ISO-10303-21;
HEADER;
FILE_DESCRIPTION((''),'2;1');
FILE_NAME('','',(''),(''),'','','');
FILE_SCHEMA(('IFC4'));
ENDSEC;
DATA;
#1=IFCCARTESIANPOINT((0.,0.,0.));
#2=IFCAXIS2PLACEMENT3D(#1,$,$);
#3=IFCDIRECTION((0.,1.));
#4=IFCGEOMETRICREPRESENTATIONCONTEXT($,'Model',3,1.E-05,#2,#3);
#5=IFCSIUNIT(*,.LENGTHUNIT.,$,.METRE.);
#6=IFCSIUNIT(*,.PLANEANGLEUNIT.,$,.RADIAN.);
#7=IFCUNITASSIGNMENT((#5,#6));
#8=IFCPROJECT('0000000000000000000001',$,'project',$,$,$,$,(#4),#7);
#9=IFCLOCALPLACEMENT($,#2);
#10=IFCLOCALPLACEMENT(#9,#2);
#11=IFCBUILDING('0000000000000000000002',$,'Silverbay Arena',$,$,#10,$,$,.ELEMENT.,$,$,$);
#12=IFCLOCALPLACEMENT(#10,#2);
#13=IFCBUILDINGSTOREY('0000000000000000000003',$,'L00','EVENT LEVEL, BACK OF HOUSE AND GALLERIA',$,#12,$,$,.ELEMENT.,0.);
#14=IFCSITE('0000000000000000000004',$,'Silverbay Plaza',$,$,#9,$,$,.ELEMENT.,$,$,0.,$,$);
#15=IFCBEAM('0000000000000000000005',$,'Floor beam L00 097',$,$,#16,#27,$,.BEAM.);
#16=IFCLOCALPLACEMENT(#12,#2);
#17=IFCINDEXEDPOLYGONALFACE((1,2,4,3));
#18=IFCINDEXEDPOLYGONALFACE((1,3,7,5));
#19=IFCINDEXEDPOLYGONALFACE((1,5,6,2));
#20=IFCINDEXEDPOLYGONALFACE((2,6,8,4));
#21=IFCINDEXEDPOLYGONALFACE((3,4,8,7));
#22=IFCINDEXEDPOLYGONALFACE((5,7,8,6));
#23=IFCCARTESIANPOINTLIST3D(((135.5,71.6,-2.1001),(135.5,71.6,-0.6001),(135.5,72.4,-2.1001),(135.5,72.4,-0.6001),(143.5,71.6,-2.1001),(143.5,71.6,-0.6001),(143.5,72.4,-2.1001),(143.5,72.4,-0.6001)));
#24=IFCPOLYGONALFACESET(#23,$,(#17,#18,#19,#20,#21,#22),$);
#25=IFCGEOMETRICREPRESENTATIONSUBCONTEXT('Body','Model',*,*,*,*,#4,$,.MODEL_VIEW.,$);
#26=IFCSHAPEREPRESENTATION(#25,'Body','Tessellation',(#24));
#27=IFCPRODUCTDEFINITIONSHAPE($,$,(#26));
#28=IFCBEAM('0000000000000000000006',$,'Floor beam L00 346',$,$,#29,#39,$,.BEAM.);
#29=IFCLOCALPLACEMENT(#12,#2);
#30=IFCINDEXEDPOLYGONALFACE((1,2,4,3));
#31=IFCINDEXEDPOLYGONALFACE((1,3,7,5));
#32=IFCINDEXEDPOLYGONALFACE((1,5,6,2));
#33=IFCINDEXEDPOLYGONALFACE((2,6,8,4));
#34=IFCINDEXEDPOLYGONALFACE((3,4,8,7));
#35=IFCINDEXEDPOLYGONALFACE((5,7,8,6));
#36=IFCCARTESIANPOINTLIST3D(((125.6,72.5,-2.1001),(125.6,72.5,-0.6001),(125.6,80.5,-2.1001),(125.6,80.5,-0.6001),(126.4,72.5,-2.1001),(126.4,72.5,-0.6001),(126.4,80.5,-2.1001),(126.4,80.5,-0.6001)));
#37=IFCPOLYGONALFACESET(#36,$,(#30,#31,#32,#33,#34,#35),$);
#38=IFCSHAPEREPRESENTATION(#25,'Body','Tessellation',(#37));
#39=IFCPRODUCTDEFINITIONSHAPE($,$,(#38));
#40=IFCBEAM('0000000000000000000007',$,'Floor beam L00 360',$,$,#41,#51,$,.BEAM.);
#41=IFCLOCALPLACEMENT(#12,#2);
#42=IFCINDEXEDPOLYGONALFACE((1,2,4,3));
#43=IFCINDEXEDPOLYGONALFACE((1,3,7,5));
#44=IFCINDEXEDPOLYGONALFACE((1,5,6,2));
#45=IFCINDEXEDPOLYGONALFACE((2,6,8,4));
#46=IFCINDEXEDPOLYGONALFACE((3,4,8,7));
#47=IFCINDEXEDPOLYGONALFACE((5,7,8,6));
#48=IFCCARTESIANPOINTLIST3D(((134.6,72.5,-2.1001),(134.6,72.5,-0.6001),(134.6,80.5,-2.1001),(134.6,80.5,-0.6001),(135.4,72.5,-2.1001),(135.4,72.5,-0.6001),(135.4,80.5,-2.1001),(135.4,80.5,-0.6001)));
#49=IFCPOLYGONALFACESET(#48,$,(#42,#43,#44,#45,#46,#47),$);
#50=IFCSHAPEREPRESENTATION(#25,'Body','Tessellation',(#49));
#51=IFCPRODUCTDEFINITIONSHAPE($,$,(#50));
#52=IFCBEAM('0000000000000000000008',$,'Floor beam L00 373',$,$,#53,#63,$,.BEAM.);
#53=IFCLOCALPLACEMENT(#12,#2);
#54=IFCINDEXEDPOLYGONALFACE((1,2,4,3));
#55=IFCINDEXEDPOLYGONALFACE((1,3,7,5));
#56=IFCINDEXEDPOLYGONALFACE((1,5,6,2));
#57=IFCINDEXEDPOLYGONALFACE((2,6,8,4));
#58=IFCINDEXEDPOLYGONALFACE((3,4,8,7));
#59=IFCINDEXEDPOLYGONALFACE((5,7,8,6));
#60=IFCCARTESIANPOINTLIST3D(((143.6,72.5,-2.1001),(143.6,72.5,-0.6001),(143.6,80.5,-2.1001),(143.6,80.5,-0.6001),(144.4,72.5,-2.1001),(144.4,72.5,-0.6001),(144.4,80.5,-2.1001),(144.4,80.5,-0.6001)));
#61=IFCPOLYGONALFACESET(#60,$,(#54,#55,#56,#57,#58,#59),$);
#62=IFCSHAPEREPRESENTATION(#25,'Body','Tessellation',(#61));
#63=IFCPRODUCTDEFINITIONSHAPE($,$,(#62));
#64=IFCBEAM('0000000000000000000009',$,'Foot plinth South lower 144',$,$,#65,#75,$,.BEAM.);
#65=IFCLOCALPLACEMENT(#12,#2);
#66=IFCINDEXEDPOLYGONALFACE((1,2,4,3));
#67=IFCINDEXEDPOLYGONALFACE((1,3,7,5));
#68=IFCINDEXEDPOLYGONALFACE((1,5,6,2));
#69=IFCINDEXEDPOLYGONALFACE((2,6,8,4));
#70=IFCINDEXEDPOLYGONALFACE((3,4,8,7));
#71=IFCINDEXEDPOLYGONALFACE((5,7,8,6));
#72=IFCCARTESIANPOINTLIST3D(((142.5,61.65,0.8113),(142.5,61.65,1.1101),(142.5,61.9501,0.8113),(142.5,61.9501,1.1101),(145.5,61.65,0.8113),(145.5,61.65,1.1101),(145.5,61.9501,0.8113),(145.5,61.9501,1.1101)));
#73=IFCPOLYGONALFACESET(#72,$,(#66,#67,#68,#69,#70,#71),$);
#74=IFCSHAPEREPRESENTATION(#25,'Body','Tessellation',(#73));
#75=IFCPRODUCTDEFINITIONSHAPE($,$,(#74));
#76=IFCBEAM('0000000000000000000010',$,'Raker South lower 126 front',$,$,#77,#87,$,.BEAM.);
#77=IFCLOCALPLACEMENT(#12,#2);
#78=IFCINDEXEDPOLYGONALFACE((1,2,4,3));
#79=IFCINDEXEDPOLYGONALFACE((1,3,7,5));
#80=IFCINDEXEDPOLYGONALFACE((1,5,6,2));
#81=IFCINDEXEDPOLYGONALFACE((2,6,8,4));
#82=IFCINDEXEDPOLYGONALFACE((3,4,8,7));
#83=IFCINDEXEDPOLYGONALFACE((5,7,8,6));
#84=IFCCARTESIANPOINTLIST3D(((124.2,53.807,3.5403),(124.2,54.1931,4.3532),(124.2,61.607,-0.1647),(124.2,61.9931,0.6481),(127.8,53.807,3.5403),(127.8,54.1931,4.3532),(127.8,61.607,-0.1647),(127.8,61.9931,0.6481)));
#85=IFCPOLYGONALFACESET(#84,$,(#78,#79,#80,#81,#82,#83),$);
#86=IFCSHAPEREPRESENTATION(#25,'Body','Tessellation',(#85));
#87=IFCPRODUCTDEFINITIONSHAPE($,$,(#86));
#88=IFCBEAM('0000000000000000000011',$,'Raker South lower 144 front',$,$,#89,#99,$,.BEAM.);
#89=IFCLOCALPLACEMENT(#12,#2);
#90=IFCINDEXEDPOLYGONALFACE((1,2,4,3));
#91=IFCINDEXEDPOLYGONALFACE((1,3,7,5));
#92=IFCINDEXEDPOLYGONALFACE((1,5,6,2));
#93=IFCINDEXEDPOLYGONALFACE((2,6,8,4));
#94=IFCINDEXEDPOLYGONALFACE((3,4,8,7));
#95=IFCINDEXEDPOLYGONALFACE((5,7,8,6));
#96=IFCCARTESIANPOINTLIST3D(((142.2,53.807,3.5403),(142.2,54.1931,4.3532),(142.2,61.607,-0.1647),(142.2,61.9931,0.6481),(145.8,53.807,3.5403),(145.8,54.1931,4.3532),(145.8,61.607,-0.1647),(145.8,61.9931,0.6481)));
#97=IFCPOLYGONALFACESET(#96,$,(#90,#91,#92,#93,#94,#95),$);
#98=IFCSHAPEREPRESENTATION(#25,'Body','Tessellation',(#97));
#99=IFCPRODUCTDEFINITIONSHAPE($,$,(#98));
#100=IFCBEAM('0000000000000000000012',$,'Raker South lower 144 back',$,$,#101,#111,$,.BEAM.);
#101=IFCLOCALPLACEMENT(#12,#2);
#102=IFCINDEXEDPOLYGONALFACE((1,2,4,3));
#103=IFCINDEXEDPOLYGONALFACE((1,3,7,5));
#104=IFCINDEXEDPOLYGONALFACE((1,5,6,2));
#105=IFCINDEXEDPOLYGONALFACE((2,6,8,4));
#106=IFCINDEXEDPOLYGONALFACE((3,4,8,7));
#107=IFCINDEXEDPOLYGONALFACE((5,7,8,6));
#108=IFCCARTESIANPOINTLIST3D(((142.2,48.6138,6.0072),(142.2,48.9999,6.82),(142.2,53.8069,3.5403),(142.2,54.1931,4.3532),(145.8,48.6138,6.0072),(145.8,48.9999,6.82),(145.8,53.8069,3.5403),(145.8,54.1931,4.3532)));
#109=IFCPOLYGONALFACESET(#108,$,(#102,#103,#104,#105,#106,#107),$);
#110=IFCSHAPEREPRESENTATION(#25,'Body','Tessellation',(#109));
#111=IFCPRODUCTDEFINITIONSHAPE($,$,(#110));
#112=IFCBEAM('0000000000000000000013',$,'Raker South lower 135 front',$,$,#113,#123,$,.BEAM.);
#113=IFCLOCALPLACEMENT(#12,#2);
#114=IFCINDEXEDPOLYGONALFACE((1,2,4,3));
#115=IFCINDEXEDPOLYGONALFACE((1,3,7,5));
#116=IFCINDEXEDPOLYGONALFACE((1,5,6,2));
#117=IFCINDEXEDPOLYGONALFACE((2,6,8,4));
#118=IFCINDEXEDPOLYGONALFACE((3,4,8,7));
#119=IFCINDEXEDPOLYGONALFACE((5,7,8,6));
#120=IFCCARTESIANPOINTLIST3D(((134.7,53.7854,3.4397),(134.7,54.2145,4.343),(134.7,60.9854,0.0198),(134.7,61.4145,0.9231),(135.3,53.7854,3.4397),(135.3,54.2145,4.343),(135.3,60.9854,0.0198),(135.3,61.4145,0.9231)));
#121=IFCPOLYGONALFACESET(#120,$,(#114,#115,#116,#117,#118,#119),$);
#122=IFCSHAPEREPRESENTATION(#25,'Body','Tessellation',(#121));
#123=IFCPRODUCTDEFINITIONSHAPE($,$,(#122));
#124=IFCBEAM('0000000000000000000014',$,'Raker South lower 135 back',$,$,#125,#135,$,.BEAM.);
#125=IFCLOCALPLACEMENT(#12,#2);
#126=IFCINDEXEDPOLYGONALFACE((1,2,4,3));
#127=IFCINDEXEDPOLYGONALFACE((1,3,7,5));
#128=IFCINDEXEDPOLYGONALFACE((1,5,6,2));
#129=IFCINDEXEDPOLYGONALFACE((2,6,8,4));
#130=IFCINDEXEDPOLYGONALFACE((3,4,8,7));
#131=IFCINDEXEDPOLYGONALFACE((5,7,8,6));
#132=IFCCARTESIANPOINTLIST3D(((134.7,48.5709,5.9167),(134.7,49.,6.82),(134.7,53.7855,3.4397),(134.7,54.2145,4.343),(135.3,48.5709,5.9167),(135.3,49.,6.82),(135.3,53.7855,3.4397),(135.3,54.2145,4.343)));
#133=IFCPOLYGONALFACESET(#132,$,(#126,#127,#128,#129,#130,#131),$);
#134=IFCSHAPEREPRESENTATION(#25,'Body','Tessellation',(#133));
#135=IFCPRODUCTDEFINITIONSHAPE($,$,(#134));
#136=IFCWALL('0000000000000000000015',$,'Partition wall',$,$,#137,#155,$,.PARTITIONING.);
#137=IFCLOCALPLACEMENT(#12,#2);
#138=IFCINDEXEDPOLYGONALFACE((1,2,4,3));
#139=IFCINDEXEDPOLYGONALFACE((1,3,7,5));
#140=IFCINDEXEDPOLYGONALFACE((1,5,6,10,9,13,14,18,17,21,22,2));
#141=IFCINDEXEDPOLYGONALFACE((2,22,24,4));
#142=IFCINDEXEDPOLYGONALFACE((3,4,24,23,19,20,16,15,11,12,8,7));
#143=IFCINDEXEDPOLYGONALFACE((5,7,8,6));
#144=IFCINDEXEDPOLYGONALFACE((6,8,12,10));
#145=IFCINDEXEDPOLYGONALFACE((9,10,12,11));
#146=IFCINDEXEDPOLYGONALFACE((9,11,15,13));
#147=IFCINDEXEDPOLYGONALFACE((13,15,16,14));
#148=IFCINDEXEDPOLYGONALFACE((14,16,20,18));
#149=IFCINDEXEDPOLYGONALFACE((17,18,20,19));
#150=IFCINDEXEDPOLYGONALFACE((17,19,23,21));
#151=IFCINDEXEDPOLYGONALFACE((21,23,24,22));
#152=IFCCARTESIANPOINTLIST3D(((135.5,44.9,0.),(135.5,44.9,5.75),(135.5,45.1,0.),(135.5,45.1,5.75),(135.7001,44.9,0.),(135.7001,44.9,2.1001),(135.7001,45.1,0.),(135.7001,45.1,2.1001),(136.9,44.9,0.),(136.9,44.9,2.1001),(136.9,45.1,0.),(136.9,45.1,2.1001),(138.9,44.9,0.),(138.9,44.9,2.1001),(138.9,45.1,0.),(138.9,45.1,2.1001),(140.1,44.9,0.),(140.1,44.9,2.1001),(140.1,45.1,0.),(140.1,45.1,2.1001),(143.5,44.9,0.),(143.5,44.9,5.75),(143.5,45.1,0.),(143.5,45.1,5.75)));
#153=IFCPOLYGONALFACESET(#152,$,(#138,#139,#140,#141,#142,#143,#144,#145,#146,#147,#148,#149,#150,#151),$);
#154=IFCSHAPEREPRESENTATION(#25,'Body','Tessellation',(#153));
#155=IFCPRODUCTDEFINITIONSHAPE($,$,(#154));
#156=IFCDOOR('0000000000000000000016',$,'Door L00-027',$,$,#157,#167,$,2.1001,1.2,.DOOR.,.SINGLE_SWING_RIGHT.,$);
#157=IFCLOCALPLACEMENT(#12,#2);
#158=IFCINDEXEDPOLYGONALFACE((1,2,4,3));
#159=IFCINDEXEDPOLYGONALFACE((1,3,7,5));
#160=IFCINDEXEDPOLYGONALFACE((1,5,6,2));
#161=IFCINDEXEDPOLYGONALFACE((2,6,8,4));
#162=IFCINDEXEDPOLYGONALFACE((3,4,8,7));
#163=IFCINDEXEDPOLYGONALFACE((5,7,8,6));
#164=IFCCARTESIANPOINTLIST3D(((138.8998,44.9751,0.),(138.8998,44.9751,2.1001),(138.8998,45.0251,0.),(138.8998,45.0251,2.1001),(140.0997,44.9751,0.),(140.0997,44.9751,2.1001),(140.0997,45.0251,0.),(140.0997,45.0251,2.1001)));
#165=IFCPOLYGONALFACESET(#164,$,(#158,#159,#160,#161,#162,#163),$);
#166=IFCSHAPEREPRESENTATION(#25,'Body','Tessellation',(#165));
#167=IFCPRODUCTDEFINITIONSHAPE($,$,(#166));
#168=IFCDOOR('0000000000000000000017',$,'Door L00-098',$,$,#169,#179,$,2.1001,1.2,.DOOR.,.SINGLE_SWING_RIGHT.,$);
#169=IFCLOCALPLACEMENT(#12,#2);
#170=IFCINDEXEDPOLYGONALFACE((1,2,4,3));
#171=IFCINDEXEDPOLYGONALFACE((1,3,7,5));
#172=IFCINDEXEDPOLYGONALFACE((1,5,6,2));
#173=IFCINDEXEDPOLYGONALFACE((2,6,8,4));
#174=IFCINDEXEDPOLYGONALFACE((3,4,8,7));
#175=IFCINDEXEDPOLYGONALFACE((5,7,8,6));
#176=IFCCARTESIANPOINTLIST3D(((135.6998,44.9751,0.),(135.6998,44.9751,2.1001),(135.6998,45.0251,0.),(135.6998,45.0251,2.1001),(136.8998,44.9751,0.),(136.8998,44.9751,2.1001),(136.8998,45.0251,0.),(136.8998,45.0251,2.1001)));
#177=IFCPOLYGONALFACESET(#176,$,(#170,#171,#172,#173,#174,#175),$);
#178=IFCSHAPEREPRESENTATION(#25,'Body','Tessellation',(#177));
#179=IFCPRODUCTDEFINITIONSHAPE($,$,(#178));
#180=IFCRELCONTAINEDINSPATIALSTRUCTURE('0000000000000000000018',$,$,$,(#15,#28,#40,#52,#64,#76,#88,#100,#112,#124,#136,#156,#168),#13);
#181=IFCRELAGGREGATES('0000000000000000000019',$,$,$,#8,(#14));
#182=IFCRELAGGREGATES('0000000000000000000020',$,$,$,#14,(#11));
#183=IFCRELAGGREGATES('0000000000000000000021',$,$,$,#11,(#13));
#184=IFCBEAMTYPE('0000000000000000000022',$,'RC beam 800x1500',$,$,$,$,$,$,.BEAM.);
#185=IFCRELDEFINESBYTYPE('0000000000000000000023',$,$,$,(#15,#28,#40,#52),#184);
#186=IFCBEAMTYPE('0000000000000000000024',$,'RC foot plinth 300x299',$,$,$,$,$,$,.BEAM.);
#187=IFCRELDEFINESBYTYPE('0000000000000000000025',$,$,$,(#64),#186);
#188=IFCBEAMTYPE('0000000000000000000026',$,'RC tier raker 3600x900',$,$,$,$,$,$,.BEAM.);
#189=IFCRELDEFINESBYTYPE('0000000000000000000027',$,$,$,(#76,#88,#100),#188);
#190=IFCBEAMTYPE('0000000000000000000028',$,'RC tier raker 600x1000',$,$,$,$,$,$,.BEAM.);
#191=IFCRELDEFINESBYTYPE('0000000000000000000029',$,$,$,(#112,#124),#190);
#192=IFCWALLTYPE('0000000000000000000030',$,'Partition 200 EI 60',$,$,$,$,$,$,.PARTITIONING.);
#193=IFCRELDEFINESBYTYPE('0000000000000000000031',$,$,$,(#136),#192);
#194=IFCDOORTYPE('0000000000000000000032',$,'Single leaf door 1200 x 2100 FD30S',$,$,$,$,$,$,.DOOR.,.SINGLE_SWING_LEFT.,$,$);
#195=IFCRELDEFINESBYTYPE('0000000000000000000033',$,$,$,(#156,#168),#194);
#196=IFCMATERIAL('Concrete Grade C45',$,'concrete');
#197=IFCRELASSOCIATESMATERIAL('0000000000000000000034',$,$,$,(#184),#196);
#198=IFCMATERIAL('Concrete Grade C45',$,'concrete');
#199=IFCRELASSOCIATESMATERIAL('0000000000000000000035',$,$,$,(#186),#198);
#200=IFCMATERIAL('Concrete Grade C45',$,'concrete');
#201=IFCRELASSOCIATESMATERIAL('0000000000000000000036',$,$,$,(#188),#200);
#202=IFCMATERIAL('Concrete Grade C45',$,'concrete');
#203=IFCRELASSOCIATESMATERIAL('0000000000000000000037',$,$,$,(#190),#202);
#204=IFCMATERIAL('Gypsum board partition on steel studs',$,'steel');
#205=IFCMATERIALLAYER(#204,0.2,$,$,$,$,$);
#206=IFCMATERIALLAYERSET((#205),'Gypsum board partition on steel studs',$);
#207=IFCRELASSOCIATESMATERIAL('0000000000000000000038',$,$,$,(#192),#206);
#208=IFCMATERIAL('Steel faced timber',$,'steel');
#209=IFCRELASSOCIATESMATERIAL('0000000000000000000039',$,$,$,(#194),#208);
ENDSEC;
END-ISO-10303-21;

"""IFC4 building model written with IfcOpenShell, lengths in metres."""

from ifc_helpers import new_model, si_unit, direction, frame, frame_2d, origin, origin_2d, place, context, subcontext, project, spatial, rectangle, extrude, material, layer, layer_set, material_profile, profile_set, type_object, element, fill, save


model = new_model("IFC4")

# Units and contexts
model_context = context("Model", 3, precision=1e-05, world=origin(), true_north=direction((0.0, 1.0)))
body_context = subcontext(model_context, "Body", "Model", "MODEL_VIEW")
ifc_project = project(units=[si_unit("LENGTHUNIT", "METRE"), si_unit("PLANEANGLEUNIT", "RADIAN")], contexts=[model_context])

# Site, building, storey
site_placement = place(None, origin())
site = spatial("IfcSite", under=ifc_project, at=site_placement, Name="Silverbay Plaza", CompositionType="ELEMENT", RefElevation=0.0)
building_placement = place(site_placement, origin())
building = spatial("IfcBuilding", under=site, at=building_placement, Name="Silverbay Arena", CompositionType="ELEMENT")
storey_placement = place(building_placement, origin())
storey = spatial("IfcBuildingStorey", under=building, at=storey_placement, Name="L00", Description="EVENT LEVEL, BACK OF HOUSE AND GALLERIA", CompositionType="ELEMENT", Elevation=0.0)

# Beams
ifc_material_1 = material(Name="Concrete Grade C45", Category="concrete")
ifc_material_profile_1 = material_profile(ifc_material_1, rectangle(XDim=0.8, YDim=1.5, at=origin_2d()), Name="RC 800x1500")
ifc_profile_set_1 = profile_set([ifc_material_profile_1], Name="Concrete Grade C45")
beam_type_1 = type_object("IfcBeamType", Name="RC beam 800x1500", PredefinedType="BEAM", material=ifc_profile_set_1)
for number, where, z_axis, x_axis, name in (
    (1, (135.5, 72.0, -1.3501), (1.0, 0.0, 0.0), (0.0, 1.0, 0.0), "Floor beam L00 097"),
    (2, (126.0, 72.5, -1.3501), (0.0, 1.0, 0.0), (-1.0, 0.0, 0.0), "Floor beam L00 346"),
    (3, (135.0, 72.5, -1.3501), (0.0, 1.0, 0.0), (-1.0, 0.0, 0.0), "Floor beam L00 360"),
    (4, (144.0, 72.5, -1.3501), (0.0, 1.0, 0.0), (-1.0, 0.0, 0.0), "Floor beam L00 373"),
):
    element("IfcBeam", number, at=place(storey_placement, frame(where, z_axis=z_axis, x_axis=x_axis)), inside=storey, type_object=beam_type_1, Name=name, PredefinedType="BEAM", context=body_context, shape_type="SweptSolid", body=[
        extrude(rectangle(XDim=0.8, YDim=1.5, at=origin_2d()), origin(), (0.0, 0.0, 1.0), 8.0),
    ])
ifc_material_2 = material(Name="Concrete Grade C45", Category="concrete")
ifc_material_profile_2 = material_profile(ifc_material_2, rectangle(XDim=0.3, YDim=0.2988, at=origin_2d()), Name="RC 300x299")
ifc_profile_set_2 = profile_set([ifc_material_profile_2], Name="Concrete Grade C45")
beam_type_2 = type_object("IfcBeamType", Name="RC foot plinth 300x299", PredefinedType="BEAM", material=ifc_profile_set_2)
beam_1_placement = place(storey_placement, frame((142.5, 61.8, 0.9607), z_axis=(1.0, 0.0, 0.0), x_axis=(0.0, 1.0, 0.0)))
element("IfcBeam", 5, at=beam_1_placement, inside=storey, type_object=beam_type_2, Name="Foot plinth South lower 144", PredefinedType="BEAM", context=body_context, shape_type="SweptSolid", body=[
    extrude(rectangle(XDim=0.3, YDim=0.2988, at=origin_2d()), origin(), (0.0, 0.0, 1.0), 3.0),
])
ifc_material_3 = material(Name="Concrete Grade C45", Category="concrete")
ifc_material_profile_3 = material_profile(ifc_material_3, rectangle(XDim=3.6001, YDim=0.8999, at=origin_2d()), Name="RC 3600x900")
ifc_profile_set_3 = profile_set([ifc_material_profile_3], Name="Concrete Grade C45")
beam_type_3 = type_object("IfcBeamType", Name="RC tier raker 3600x900", PredefinedType="BEAM", material=ifc_profile_set_3)
for number, where, z_axis, x_axis, name in (
    (6, (126.0, 61.8, 0.2417), (0.0, -0.903275, 0.429062), (1.0, 0.0, 0.0), "Raker South lower 126 front"),
    (7, (144.0, 61.8, 0.2417), (0.0, -0.903275, 0.429062), (1.0, 0.0, 0.0), "Raker South lower 144 front"),
):
    element("IfcBeam", number, at=place(storey_placement, frame(where, z_axis=z_axis, x_axis=x_axis)), inside=storey, type_object=beam_type_3, Name=name, PredefinedType="BEAM", context=body_context, shape_type="SweptSolid", body=[
        extrude(rectangle(XDim=3.6001, YDim=0.8999, at=origin_2d()), origin(), (0.0, 0.0, 1.0), 8.6353),
    ])
beam_2_placement = place(storey_placement, frame((144.0, 54.0, 3.9468), z_axis=(0.0, -0.903273, 0.429066), x_axis=(1.0, 0.0, 0.0)))
element("IfcBeam", 8, at=beam_2_placement, inside=storey, type_object=beam_type_3, Name="Raker South lower 144 back", PredefinedType="BEAM", context=body_context, shape_type="SweptSolid", body=[
    extrude(rectangle(XDim=3.6001, YDim=0.8999, at=origin_2d()), origin(), (0.0, 0.0, 1.0), 5.7493),
])
ifc_material_4 = material(Name="Concrete Grade C45", Category="concrete")
ifc_material_profile_4 = material_profile(ifc_material_4, rectangle(XDim=0.6001, YDim=1.0, at=origin_2d()), Name="RC 600x1000")
ifc_profile_set_4 = profile_set([ifc_material_profile_4], Name="Concrete Grade C45")
beam_type_4 = type_object("IfcBeamType", Name="RC tier raker 600x1000", PredefinedType="BEAM", material=ifc_profile_set_4)
beam_3_placement = place(storey_placement, frame((135.0, 61.2, 0.4714), z_axis=(0.0, -0.90328, 0.429051), x_axis=(1.0, 0.0, 0.0)))
element("IfcBeam", 9, at=beam_3_placement, inside=storey, type_object=beam_type_4, Name="Raker South lower 135 front", PredefinedType="BEAM", context=body_context, shape_type="SweptSolid", body=[
    extrude(rectangle(XDim=0.6001, YDim=1.0, at=origin_2d()), origin(), (0.0, 0.0, 1.0), 7.9709),
])
beam_4_placement = place(storey_placement, frame((135.0, 54.0, 3.8914), z_axis=(0.0, -0.90327, 0.429073), x_axis=(1.0, 0.0, 0.0)))
element("IfcBeam", 10, at=beam_4_placement, inside=storey, type_object=beam_type_4, Name="Raker South lower 135 back", PredefinedType="BEAM", context=body_context, shape_type="SweptSolid", body=[
    extrude(rectangle(XDim=0.6001, YDim=1.0, at=origin_2d()), origin(), (0.0, 0.0, 1.0), 5.7729),
])

# Wall, openings, doors
ifc_material_5 = material(Name="Gypsum board partition on steel studs", Category="steel")
ifc_layer_1 = layer(ifc_material_5, 0.2)
ifc_layer_set_1 = layer_set([ifc_layer_1], Name="Gypsum board partition on steel studs")
wall_type_1 = type_object("IfcWallType", Name="Partition 200 EI 60", PredefinedType="PARTITIONING", material=ifc_layer_set_1)
wall_1_placement = place(storey_placement, frame((135.5, 45.0, 0.0), z_axis=(0.0, 0.0, 1.0), x_axis=(1.0, 0.0, 0.0)))
wall_1 = element("IfcWall", 11, at=wall_1_placement, inside=storey, type_object=wall_type_1, Name="Partition wall", PredefinedType="PARTITIONING", context=body_context, shape_type="SweptSolid", body=[
    extrude(rectangle(XDim=8.0, YDim=0.2, at=frame_2d((4.0, 0.0))), origin(), (0.0, 0.0, 1.0), 5.75),
])
opening_1_placement = place(wall_1_placement, frame((3.3999, 0.0, 0.0)))
opening_1 = element("IfcOpeningElement", 12, at=opening_1_placement, cuts=wall_1, PredefinedType="OPENING", context=body_context, shape_type="SweptSolid", body=[
    extrude(rectangle(XDim=1.2, YDim=2.1001, at=frame_2d((0.6001, 1.05))), frame((0.0, 0.1099, 0.0), z_axis=(0.0, -1.0, 0.0), x_axis=(1.0, 0.0, 0.0)), (0.0, 0.0, 1.0), 0.22),
])
opening_2_placement = place(wall_1_placement, frame((0.2, 0.0, 0.0)))
opening_2 = element("IfcOpeningElement", 13, at=opening_2_placement, cuts=wall_1, PredefinedType="OPENING", context=body_context, shape_type="SweptSolid", body=[
    extrude(rectangle(XDim=1.2, YDim=2.1001, at=frame_2d((0.6001, 1.05))), frame((0.0, 0.1099, 0.0), z_axis=(0.0, -1.0, 0.0), x_axis=(1.0, 0.0, 0.0)), (0.0, 0.0, 1.0), 0.22),
])
ifc_material_6 = material(Name="Steel faced timber", Category="steel")
door_type = type_object("IfcDoorType", Name="Single leaf door 1200 x 2100 FD30S", OperationType="SINGLE_SWING_LEFT", PredefinedType="DOOR", material=ifc_material_6)
door_1_placement = place(opening_1_placement, frame((1.2, 0.0, 0.0), z_axis=(0.0, 0.0, 1.0), x_axis=(-1.0, 0.0, 0.0)))
door_1 = element("IfcDoor", 14, at=door_1_placement, inside=storey, type_object=door_type, Name="Door L00-027", OperationType="SINGLE_SWING_RIGHT", OverallHeight=2.1001, OverallWidth=1.2, PredefinedType="DOOR", context=body_context, shape_type="SweptSolid", body=[
    extrude(rectangle(XDim=1.2, YDim=2.1001, at=frame_2d((0.6001, 1.05))), frame((0.0, 0.0249, 0.0), z_axis=(0.0, -1.0, 0.0), x_axis=(1.0, 0.0, 0.0)), (0.0, 0.0, 1.0), 0.05),
])
fill(opening_1, door_1)
door_2_placement = place(opening_2_placement, frame((1.2, 0.0, 0.0), z_axis=(0.0, 0.0, 1.0), x_axis=(-1.0, 0.0, 0.0)))
door_2 = element("IfcDoor", 15, at=door_2_placement, inside=storey, type_object=door_type, Name="Door L00-098", OperationType="SINGLE_SWING_RIGHT", OverallHeight=2.1001, OverallWidth=1.2, PredefinedType="DOOR", context=body_context, shape_type="SweptSolid", body=[
    extrude(rectangle(XDim=1.2, YDim=2.1001, at=frame_2d((0.6001, 1.05))), frame((0.0, 0.0249, 0.0), z_axis=(0.0, -1.0, 0.0), x_axis=(1.0, 0.0, 0.0)), (0.0, 0.0, 1.0), 0.05),
])
fill(opening_2, door_2)

save(model, "model.ifc")
